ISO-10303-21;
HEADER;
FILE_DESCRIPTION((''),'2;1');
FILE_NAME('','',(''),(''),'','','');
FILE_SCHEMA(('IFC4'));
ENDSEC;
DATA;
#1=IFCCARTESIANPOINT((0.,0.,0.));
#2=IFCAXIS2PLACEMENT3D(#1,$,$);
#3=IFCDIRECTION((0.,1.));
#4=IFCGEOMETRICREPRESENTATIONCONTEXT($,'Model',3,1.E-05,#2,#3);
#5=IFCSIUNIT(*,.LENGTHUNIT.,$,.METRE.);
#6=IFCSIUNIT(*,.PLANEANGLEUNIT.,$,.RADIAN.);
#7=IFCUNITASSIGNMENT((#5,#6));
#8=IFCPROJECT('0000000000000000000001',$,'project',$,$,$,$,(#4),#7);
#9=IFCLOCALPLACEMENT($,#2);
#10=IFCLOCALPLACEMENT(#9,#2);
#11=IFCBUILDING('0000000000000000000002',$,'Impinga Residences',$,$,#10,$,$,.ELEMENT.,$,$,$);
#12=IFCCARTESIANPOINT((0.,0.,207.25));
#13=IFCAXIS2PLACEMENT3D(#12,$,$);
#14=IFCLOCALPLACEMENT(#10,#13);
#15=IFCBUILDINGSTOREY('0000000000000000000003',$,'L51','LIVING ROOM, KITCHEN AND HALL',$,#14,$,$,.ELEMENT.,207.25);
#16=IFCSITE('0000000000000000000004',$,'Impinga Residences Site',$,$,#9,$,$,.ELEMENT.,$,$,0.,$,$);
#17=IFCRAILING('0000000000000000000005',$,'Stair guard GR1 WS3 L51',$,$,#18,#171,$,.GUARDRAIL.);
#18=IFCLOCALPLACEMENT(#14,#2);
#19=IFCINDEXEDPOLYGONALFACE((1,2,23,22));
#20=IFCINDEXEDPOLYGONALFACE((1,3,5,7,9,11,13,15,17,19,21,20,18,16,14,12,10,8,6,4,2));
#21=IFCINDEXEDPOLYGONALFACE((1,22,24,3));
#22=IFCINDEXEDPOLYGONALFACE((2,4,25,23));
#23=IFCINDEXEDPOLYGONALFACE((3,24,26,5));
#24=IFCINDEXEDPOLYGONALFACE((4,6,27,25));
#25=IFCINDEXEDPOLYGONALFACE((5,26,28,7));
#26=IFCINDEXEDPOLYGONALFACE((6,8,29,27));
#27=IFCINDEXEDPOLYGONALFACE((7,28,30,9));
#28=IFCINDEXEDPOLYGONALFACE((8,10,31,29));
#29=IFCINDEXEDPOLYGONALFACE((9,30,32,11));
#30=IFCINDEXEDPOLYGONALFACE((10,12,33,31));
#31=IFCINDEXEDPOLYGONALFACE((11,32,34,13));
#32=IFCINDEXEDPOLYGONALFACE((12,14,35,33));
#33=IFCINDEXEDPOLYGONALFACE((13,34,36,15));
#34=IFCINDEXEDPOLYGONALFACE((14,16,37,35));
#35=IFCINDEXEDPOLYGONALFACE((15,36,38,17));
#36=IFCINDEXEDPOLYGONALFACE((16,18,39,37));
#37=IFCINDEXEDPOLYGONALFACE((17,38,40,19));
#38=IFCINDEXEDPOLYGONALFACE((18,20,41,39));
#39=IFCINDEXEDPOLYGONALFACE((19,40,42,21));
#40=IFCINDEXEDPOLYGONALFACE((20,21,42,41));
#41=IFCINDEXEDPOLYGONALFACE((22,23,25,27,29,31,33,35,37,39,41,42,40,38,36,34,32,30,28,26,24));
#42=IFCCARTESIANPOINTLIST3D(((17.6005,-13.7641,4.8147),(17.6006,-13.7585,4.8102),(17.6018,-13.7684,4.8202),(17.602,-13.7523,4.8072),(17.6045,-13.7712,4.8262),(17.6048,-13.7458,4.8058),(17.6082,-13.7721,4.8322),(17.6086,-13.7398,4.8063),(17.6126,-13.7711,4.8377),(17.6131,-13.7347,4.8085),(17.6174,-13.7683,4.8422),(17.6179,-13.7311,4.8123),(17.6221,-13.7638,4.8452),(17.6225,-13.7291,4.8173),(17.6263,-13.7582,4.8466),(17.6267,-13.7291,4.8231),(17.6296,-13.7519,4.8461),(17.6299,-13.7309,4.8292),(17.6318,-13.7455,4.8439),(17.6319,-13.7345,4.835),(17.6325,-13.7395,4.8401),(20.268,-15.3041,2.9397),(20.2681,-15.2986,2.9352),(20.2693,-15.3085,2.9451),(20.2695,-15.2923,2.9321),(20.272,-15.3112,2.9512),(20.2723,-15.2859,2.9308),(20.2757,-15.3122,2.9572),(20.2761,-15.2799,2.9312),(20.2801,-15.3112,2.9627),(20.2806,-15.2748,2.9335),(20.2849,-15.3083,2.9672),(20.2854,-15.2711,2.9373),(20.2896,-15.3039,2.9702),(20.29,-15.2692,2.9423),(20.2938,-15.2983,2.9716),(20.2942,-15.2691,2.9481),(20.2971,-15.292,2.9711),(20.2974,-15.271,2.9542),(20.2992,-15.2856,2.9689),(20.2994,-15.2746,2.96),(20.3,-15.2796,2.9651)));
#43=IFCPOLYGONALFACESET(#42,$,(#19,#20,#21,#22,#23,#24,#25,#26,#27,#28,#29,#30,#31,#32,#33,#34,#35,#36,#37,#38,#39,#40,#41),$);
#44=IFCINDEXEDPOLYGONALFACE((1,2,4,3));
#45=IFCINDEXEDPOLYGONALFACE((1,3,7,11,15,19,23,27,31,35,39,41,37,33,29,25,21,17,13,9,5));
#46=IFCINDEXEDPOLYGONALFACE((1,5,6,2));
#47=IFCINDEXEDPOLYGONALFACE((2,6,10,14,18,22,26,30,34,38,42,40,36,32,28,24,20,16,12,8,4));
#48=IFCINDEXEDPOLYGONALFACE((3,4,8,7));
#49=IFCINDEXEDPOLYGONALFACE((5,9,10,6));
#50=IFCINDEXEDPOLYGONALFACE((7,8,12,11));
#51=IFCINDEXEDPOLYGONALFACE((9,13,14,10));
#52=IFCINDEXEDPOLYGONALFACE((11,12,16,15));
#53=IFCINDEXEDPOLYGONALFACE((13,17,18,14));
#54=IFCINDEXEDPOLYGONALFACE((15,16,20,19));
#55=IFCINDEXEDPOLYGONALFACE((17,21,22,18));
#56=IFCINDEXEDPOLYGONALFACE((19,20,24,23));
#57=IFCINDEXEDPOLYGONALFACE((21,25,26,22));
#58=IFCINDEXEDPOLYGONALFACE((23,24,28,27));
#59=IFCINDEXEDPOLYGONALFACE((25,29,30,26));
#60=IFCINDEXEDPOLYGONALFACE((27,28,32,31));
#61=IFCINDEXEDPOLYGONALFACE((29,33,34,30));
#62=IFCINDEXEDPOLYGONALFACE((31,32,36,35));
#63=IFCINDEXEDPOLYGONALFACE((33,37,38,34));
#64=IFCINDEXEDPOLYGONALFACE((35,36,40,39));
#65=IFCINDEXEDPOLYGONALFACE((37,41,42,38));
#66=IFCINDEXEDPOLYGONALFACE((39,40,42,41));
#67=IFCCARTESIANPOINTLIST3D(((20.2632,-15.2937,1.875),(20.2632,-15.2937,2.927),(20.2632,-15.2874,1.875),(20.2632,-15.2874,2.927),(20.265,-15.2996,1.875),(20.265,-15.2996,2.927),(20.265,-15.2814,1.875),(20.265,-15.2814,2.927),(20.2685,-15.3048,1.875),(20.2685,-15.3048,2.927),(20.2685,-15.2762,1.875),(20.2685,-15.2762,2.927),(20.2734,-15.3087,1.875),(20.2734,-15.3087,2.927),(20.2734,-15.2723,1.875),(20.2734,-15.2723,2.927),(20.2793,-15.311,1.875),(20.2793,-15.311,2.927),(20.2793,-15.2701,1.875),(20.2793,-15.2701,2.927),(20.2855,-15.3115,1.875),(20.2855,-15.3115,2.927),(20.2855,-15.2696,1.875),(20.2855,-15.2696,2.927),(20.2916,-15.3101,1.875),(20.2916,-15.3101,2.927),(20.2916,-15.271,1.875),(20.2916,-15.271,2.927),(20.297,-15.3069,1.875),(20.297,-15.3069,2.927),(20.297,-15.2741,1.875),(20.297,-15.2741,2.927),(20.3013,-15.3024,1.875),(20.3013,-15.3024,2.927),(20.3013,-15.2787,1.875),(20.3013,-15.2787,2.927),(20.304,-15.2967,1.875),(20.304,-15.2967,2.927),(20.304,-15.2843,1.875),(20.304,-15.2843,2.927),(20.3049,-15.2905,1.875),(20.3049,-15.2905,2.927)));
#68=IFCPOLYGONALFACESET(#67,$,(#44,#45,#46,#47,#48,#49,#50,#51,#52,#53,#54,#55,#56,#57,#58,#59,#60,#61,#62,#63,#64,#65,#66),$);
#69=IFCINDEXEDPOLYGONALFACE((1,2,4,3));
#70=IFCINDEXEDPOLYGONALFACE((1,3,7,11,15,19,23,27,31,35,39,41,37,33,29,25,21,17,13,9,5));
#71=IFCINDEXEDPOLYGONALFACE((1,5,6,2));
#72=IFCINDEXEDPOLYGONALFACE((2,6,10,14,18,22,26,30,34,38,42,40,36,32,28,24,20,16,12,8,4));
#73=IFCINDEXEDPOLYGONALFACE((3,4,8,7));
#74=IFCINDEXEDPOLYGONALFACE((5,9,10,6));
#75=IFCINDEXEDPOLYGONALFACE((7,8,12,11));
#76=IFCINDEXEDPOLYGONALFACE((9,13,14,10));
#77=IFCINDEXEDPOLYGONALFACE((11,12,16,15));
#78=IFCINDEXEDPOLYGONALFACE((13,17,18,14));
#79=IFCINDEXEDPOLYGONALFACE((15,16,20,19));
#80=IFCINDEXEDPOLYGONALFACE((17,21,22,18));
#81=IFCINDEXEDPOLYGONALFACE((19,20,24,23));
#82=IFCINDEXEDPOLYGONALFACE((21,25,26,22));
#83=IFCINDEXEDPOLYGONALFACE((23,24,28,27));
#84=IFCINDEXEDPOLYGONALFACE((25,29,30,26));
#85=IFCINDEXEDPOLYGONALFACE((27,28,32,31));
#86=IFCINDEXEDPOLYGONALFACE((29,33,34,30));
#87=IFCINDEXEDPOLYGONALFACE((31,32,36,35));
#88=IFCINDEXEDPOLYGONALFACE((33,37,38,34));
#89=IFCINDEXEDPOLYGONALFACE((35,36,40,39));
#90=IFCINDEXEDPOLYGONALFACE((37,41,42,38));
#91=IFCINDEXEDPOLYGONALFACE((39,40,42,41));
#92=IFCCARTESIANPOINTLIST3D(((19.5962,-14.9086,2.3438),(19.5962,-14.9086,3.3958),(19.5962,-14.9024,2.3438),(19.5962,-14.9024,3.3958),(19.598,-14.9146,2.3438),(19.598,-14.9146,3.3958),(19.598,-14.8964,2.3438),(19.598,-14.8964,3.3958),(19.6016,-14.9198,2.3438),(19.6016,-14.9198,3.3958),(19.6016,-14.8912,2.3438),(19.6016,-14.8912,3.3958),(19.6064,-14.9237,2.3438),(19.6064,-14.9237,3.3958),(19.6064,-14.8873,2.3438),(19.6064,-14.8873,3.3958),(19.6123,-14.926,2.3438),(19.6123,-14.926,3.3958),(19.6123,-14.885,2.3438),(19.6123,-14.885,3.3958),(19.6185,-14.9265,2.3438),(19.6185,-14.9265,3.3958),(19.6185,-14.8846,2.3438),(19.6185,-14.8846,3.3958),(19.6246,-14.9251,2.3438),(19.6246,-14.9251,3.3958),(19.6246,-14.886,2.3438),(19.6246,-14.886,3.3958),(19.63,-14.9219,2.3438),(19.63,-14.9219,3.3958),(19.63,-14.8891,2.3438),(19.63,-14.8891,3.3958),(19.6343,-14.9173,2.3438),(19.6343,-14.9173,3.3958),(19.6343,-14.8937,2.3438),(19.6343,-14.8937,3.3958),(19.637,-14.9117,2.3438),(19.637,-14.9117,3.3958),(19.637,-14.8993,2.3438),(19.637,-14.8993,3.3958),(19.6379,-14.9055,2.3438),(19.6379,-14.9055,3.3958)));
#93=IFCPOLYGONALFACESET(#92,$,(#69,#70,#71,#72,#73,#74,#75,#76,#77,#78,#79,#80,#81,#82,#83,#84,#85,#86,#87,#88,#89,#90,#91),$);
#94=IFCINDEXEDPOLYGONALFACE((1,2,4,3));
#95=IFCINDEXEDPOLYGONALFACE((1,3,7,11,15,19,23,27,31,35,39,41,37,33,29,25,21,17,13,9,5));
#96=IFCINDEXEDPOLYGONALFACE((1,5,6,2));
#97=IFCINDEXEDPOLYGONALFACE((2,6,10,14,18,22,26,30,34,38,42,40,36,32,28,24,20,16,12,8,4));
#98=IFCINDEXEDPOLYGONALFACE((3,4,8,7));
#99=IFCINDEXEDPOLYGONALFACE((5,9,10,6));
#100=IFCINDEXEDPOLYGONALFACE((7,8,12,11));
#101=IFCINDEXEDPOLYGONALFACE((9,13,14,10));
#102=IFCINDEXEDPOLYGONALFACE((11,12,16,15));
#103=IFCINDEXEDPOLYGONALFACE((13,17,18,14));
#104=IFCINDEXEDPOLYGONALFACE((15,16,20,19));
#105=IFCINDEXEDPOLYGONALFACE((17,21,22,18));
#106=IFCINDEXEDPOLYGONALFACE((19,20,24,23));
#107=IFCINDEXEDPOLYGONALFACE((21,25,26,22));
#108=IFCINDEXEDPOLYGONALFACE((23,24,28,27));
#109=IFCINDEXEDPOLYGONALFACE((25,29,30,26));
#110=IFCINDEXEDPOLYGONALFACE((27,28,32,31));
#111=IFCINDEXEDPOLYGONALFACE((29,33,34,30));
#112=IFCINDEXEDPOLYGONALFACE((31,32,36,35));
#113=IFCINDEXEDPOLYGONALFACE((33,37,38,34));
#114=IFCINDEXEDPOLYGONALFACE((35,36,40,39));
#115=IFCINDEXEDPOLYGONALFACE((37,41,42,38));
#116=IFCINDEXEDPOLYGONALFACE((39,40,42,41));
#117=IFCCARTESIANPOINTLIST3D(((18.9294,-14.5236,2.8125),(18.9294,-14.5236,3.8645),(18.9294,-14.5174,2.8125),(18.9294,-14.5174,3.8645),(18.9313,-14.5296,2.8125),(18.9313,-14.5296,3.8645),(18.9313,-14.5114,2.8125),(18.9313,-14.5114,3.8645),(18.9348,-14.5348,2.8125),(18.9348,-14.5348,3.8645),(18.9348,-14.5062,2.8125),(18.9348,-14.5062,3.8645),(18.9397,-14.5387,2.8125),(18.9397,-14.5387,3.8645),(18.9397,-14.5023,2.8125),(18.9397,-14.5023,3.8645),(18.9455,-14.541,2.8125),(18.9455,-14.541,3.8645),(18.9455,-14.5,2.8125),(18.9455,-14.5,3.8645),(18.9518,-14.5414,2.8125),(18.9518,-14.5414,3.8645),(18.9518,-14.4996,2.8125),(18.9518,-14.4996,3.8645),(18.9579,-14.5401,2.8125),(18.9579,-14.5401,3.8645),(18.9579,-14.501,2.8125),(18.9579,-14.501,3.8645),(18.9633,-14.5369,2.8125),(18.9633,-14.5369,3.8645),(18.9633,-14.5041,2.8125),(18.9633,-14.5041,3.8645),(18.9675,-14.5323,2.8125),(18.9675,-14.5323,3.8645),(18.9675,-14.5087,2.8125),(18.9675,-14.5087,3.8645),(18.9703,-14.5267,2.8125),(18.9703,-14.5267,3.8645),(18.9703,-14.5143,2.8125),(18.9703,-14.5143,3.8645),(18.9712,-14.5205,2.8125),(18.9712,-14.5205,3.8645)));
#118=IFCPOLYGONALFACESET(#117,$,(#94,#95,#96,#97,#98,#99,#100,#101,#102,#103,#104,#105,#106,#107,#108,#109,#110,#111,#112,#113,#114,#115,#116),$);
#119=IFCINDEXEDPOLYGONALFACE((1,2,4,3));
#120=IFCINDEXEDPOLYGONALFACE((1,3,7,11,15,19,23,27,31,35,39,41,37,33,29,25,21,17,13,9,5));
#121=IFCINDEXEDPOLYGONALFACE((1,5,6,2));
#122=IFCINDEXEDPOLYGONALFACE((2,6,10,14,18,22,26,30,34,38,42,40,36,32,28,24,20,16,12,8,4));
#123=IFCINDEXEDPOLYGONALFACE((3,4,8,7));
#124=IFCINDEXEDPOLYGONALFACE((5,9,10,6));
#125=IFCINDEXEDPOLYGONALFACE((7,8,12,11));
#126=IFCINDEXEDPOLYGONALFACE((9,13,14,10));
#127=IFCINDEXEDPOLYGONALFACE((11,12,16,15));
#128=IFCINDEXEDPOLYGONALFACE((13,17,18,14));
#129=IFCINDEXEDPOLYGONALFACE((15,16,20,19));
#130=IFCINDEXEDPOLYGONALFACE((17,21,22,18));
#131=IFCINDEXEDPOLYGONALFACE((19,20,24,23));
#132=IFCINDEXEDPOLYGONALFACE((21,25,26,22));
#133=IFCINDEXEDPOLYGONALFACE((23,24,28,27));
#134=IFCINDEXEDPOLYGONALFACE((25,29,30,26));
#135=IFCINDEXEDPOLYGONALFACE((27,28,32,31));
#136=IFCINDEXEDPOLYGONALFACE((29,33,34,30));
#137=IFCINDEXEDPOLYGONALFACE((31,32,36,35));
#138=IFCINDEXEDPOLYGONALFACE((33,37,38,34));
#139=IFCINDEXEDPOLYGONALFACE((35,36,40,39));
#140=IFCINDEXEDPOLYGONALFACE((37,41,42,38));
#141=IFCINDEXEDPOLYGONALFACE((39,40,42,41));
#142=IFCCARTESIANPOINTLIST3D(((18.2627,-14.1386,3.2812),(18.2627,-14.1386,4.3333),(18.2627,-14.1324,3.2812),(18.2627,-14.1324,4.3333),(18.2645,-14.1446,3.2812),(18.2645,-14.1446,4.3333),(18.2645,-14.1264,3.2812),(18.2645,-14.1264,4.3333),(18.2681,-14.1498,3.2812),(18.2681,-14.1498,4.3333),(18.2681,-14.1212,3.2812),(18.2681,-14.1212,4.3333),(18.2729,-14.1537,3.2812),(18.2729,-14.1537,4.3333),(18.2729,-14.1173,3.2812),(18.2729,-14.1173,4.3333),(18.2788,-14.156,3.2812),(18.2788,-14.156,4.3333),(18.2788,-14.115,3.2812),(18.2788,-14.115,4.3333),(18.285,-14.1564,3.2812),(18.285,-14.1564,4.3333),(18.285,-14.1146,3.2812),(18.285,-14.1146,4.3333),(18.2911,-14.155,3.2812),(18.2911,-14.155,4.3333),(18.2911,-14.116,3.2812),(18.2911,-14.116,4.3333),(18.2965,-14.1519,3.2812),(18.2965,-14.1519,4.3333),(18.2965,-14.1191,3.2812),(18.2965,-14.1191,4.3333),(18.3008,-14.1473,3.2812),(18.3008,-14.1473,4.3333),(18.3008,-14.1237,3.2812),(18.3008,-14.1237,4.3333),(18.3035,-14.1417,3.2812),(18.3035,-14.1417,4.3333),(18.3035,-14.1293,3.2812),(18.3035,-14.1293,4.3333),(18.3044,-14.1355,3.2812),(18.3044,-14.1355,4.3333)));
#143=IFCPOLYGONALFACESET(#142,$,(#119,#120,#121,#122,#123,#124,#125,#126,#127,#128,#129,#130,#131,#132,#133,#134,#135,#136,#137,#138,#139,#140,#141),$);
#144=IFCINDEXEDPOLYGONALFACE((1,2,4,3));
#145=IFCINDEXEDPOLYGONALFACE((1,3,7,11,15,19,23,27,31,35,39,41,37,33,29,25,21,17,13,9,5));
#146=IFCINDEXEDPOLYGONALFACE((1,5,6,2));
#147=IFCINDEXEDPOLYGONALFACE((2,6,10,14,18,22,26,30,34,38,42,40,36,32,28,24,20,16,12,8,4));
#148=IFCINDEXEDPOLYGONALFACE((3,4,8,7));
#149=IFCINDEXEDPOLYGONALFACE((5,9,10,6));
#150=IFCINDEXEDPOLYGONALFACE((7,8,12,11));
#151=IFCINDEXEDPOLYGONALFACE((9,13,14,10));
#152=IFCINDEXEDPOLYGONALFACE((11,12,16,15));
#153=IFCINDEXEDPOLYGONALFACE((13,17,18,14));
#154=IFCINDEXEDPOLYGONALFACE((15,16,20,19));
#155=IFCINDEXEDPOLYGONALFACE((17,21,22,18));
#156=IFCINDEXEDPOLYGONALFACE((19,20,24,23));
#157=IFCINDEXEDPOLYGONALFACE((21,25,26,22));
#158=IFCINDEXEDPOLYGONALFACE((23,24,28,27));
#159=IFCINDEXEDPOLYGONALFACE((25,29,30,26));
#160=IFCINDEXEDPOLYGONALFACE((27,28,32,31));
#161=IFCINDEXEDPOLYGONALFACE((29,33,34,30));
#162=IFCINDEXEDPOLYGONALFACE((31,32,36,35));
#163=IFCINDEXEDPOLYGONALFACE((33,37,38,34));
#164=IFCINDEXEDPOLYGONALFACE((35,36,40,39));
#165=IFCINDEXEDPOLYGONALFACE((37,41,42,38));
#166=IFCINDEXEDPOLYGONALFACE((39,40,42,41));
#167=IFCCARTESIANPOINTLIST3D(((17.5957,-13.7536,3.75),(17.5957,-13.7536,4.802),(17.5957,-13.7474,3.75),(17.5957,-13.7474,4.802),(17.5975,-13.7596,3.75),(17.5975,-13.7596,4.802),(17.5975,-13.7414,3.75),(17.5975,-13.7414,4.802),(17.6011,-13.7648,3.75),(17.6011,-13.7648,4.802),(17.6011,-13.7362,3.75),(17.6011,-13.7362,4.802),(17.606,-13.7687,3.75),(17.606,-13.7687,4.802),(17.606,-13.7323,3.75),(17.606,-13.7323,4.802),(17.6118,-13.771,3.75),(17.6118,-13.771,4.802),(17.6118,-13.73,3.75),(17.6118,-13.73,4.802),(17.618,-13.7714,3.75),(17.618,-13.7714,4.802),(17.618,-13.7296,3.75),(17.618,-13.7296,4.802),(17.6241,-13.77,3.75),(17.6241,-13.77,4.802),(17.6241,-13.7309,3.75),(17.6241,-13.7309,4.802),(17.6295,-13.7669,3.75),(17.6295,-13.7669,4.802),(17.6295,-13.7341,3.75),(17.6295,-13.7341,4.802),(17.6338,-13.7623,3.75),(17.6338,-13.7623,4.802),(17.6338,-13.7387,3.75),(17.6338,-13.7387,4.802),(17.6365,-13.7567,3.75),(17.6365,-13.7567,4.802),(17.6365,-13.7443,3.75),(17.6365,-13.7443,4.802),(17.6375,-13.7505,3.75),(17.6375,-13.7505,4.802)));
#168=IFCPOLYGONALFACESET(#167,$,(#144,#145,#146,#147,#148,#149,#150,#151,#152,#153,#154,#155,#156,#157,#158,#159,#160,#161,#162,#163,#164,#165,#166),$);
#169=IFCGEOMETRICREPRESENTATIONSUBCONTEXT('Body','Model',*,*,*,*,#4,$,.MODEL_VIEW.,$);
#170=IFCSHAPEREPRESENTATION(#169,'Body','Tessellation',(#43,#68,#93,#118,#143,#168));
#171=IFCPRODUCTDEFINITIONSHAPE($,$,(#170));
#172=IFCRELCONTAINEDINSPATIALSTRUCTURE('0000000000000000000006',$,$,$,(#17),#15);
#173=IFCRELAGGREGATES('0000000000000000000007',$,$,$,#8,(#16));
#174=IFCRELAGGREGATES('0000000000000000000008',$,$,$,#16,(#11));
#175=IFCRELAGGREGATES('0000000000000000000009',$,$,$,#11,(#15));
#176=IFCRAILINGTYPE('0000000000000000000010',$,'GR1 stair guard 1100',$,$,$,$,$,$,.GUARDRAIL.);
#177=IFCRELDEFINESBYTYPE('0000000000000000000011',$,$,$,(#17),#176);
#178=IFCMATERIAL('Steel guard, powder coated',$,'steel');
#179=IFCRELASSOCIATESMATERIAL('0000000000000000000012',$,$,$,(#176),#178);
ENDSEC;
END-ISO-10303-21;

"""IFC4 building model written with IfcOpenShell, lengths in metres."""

from ifc_helpers import new_model, si_unit, direction, frame, origin, origin_2d, place, context, subcontext, project, spatial, circle, extrude, material, type_object, element, save


model = new_model("IFC4")

# Units and contexts
model_context = context("Model", 3, precision=1e-05, world=origin(), true_north=direction((0.0, 1.0)))
body_context = subcontext(model_context, "Body", "Model", "MODEL_VIEW")
ifc_project = project(units=[si_unit("LENGTHUNIT", "METRE"), si_unit("PLANEANGLEUNIT", "RADIAN")], contexts=[model_context])

# Site, building, storey
site_placement = place(None, origin())
site = spatial("IfcSite", under=ifc_project, at=site_placement, Name="Impinga Residences Site", CompositionType="ELEMENT", RefElevation=0.0)
building_placement = place(site_placement, origin())
building = spatial("IfcBuilding", under=site, at=building_placement, Name="Impinga Residences", CompositionType="ELEMENT")
storey_placement = place(building_placement, frame((0.0, 0.0, 207.25)))
storey = spatial("IfcBuildingStorey", under=building, at=storey_placement, Name="L51", Description="LIVING ROOM, KITCHEN AND HALL", CompositionType="ELEMENT", Elevation=207.25)

# Railing
ifc_material_1 = material(Name="Steel guard, powder coated", Category="steel")
railing_type_1 = type_object("IfcRailingType", Name="GR1 stair guard 1100", PredefinedType="GUARDRAIL", material=ifc_material_1)
railing_1_placement = place(storey_placement, frame((20.2839, -15.2905, 1.875)))
element("IfcRailing", 1, at=railing_1_placement, inside=storey, type_object=railing_type_1, Name="Stair guard GR1 WS3 L51", PredefinedType="GUARDRAIL", context=body_context, shape_type="SweptSolid", body=[
    extrude(circle(Radius=0.0239, at=origin_2d()), frame((0.0, 0.0, 1.0762), z_axis=(-0.739746, 0.427084, 0.519975), x_axis=(-0.499992, -0.86603, 0.0)), (0.0, 0.0, 1.0), 3.606),
    extrude(circle(Radius=0.021, at=origin_2d()), origin(), (0.0, 0.0, 1.0), 1.052),
    extrude(circle(Radius=0.021, at=origin_2d()), frame((-0.667, 0.385, 0.4688)), (0.0, 0.0, 1.0), 1.052),
    extrude(circle(Radius=0.021, at=origin_2d()), frame((-1.3337, 0.77, 0.9375)), (0.0, 0.0, 1.0), 1.052),
    extrude(circle(Radius=0.021, at=origin_2d()), frame((-2.0005, 1.155, 1.4062)), (0.0, 0.0, 1.0), 1.052),
    extrude(circle(Radius=0.021, at=origin_2d()), frame((-2.6675, 1.54, 1.875)), (0.0, 0.0, 1.0), 1.052),
])

save(model, "model.ifc")
